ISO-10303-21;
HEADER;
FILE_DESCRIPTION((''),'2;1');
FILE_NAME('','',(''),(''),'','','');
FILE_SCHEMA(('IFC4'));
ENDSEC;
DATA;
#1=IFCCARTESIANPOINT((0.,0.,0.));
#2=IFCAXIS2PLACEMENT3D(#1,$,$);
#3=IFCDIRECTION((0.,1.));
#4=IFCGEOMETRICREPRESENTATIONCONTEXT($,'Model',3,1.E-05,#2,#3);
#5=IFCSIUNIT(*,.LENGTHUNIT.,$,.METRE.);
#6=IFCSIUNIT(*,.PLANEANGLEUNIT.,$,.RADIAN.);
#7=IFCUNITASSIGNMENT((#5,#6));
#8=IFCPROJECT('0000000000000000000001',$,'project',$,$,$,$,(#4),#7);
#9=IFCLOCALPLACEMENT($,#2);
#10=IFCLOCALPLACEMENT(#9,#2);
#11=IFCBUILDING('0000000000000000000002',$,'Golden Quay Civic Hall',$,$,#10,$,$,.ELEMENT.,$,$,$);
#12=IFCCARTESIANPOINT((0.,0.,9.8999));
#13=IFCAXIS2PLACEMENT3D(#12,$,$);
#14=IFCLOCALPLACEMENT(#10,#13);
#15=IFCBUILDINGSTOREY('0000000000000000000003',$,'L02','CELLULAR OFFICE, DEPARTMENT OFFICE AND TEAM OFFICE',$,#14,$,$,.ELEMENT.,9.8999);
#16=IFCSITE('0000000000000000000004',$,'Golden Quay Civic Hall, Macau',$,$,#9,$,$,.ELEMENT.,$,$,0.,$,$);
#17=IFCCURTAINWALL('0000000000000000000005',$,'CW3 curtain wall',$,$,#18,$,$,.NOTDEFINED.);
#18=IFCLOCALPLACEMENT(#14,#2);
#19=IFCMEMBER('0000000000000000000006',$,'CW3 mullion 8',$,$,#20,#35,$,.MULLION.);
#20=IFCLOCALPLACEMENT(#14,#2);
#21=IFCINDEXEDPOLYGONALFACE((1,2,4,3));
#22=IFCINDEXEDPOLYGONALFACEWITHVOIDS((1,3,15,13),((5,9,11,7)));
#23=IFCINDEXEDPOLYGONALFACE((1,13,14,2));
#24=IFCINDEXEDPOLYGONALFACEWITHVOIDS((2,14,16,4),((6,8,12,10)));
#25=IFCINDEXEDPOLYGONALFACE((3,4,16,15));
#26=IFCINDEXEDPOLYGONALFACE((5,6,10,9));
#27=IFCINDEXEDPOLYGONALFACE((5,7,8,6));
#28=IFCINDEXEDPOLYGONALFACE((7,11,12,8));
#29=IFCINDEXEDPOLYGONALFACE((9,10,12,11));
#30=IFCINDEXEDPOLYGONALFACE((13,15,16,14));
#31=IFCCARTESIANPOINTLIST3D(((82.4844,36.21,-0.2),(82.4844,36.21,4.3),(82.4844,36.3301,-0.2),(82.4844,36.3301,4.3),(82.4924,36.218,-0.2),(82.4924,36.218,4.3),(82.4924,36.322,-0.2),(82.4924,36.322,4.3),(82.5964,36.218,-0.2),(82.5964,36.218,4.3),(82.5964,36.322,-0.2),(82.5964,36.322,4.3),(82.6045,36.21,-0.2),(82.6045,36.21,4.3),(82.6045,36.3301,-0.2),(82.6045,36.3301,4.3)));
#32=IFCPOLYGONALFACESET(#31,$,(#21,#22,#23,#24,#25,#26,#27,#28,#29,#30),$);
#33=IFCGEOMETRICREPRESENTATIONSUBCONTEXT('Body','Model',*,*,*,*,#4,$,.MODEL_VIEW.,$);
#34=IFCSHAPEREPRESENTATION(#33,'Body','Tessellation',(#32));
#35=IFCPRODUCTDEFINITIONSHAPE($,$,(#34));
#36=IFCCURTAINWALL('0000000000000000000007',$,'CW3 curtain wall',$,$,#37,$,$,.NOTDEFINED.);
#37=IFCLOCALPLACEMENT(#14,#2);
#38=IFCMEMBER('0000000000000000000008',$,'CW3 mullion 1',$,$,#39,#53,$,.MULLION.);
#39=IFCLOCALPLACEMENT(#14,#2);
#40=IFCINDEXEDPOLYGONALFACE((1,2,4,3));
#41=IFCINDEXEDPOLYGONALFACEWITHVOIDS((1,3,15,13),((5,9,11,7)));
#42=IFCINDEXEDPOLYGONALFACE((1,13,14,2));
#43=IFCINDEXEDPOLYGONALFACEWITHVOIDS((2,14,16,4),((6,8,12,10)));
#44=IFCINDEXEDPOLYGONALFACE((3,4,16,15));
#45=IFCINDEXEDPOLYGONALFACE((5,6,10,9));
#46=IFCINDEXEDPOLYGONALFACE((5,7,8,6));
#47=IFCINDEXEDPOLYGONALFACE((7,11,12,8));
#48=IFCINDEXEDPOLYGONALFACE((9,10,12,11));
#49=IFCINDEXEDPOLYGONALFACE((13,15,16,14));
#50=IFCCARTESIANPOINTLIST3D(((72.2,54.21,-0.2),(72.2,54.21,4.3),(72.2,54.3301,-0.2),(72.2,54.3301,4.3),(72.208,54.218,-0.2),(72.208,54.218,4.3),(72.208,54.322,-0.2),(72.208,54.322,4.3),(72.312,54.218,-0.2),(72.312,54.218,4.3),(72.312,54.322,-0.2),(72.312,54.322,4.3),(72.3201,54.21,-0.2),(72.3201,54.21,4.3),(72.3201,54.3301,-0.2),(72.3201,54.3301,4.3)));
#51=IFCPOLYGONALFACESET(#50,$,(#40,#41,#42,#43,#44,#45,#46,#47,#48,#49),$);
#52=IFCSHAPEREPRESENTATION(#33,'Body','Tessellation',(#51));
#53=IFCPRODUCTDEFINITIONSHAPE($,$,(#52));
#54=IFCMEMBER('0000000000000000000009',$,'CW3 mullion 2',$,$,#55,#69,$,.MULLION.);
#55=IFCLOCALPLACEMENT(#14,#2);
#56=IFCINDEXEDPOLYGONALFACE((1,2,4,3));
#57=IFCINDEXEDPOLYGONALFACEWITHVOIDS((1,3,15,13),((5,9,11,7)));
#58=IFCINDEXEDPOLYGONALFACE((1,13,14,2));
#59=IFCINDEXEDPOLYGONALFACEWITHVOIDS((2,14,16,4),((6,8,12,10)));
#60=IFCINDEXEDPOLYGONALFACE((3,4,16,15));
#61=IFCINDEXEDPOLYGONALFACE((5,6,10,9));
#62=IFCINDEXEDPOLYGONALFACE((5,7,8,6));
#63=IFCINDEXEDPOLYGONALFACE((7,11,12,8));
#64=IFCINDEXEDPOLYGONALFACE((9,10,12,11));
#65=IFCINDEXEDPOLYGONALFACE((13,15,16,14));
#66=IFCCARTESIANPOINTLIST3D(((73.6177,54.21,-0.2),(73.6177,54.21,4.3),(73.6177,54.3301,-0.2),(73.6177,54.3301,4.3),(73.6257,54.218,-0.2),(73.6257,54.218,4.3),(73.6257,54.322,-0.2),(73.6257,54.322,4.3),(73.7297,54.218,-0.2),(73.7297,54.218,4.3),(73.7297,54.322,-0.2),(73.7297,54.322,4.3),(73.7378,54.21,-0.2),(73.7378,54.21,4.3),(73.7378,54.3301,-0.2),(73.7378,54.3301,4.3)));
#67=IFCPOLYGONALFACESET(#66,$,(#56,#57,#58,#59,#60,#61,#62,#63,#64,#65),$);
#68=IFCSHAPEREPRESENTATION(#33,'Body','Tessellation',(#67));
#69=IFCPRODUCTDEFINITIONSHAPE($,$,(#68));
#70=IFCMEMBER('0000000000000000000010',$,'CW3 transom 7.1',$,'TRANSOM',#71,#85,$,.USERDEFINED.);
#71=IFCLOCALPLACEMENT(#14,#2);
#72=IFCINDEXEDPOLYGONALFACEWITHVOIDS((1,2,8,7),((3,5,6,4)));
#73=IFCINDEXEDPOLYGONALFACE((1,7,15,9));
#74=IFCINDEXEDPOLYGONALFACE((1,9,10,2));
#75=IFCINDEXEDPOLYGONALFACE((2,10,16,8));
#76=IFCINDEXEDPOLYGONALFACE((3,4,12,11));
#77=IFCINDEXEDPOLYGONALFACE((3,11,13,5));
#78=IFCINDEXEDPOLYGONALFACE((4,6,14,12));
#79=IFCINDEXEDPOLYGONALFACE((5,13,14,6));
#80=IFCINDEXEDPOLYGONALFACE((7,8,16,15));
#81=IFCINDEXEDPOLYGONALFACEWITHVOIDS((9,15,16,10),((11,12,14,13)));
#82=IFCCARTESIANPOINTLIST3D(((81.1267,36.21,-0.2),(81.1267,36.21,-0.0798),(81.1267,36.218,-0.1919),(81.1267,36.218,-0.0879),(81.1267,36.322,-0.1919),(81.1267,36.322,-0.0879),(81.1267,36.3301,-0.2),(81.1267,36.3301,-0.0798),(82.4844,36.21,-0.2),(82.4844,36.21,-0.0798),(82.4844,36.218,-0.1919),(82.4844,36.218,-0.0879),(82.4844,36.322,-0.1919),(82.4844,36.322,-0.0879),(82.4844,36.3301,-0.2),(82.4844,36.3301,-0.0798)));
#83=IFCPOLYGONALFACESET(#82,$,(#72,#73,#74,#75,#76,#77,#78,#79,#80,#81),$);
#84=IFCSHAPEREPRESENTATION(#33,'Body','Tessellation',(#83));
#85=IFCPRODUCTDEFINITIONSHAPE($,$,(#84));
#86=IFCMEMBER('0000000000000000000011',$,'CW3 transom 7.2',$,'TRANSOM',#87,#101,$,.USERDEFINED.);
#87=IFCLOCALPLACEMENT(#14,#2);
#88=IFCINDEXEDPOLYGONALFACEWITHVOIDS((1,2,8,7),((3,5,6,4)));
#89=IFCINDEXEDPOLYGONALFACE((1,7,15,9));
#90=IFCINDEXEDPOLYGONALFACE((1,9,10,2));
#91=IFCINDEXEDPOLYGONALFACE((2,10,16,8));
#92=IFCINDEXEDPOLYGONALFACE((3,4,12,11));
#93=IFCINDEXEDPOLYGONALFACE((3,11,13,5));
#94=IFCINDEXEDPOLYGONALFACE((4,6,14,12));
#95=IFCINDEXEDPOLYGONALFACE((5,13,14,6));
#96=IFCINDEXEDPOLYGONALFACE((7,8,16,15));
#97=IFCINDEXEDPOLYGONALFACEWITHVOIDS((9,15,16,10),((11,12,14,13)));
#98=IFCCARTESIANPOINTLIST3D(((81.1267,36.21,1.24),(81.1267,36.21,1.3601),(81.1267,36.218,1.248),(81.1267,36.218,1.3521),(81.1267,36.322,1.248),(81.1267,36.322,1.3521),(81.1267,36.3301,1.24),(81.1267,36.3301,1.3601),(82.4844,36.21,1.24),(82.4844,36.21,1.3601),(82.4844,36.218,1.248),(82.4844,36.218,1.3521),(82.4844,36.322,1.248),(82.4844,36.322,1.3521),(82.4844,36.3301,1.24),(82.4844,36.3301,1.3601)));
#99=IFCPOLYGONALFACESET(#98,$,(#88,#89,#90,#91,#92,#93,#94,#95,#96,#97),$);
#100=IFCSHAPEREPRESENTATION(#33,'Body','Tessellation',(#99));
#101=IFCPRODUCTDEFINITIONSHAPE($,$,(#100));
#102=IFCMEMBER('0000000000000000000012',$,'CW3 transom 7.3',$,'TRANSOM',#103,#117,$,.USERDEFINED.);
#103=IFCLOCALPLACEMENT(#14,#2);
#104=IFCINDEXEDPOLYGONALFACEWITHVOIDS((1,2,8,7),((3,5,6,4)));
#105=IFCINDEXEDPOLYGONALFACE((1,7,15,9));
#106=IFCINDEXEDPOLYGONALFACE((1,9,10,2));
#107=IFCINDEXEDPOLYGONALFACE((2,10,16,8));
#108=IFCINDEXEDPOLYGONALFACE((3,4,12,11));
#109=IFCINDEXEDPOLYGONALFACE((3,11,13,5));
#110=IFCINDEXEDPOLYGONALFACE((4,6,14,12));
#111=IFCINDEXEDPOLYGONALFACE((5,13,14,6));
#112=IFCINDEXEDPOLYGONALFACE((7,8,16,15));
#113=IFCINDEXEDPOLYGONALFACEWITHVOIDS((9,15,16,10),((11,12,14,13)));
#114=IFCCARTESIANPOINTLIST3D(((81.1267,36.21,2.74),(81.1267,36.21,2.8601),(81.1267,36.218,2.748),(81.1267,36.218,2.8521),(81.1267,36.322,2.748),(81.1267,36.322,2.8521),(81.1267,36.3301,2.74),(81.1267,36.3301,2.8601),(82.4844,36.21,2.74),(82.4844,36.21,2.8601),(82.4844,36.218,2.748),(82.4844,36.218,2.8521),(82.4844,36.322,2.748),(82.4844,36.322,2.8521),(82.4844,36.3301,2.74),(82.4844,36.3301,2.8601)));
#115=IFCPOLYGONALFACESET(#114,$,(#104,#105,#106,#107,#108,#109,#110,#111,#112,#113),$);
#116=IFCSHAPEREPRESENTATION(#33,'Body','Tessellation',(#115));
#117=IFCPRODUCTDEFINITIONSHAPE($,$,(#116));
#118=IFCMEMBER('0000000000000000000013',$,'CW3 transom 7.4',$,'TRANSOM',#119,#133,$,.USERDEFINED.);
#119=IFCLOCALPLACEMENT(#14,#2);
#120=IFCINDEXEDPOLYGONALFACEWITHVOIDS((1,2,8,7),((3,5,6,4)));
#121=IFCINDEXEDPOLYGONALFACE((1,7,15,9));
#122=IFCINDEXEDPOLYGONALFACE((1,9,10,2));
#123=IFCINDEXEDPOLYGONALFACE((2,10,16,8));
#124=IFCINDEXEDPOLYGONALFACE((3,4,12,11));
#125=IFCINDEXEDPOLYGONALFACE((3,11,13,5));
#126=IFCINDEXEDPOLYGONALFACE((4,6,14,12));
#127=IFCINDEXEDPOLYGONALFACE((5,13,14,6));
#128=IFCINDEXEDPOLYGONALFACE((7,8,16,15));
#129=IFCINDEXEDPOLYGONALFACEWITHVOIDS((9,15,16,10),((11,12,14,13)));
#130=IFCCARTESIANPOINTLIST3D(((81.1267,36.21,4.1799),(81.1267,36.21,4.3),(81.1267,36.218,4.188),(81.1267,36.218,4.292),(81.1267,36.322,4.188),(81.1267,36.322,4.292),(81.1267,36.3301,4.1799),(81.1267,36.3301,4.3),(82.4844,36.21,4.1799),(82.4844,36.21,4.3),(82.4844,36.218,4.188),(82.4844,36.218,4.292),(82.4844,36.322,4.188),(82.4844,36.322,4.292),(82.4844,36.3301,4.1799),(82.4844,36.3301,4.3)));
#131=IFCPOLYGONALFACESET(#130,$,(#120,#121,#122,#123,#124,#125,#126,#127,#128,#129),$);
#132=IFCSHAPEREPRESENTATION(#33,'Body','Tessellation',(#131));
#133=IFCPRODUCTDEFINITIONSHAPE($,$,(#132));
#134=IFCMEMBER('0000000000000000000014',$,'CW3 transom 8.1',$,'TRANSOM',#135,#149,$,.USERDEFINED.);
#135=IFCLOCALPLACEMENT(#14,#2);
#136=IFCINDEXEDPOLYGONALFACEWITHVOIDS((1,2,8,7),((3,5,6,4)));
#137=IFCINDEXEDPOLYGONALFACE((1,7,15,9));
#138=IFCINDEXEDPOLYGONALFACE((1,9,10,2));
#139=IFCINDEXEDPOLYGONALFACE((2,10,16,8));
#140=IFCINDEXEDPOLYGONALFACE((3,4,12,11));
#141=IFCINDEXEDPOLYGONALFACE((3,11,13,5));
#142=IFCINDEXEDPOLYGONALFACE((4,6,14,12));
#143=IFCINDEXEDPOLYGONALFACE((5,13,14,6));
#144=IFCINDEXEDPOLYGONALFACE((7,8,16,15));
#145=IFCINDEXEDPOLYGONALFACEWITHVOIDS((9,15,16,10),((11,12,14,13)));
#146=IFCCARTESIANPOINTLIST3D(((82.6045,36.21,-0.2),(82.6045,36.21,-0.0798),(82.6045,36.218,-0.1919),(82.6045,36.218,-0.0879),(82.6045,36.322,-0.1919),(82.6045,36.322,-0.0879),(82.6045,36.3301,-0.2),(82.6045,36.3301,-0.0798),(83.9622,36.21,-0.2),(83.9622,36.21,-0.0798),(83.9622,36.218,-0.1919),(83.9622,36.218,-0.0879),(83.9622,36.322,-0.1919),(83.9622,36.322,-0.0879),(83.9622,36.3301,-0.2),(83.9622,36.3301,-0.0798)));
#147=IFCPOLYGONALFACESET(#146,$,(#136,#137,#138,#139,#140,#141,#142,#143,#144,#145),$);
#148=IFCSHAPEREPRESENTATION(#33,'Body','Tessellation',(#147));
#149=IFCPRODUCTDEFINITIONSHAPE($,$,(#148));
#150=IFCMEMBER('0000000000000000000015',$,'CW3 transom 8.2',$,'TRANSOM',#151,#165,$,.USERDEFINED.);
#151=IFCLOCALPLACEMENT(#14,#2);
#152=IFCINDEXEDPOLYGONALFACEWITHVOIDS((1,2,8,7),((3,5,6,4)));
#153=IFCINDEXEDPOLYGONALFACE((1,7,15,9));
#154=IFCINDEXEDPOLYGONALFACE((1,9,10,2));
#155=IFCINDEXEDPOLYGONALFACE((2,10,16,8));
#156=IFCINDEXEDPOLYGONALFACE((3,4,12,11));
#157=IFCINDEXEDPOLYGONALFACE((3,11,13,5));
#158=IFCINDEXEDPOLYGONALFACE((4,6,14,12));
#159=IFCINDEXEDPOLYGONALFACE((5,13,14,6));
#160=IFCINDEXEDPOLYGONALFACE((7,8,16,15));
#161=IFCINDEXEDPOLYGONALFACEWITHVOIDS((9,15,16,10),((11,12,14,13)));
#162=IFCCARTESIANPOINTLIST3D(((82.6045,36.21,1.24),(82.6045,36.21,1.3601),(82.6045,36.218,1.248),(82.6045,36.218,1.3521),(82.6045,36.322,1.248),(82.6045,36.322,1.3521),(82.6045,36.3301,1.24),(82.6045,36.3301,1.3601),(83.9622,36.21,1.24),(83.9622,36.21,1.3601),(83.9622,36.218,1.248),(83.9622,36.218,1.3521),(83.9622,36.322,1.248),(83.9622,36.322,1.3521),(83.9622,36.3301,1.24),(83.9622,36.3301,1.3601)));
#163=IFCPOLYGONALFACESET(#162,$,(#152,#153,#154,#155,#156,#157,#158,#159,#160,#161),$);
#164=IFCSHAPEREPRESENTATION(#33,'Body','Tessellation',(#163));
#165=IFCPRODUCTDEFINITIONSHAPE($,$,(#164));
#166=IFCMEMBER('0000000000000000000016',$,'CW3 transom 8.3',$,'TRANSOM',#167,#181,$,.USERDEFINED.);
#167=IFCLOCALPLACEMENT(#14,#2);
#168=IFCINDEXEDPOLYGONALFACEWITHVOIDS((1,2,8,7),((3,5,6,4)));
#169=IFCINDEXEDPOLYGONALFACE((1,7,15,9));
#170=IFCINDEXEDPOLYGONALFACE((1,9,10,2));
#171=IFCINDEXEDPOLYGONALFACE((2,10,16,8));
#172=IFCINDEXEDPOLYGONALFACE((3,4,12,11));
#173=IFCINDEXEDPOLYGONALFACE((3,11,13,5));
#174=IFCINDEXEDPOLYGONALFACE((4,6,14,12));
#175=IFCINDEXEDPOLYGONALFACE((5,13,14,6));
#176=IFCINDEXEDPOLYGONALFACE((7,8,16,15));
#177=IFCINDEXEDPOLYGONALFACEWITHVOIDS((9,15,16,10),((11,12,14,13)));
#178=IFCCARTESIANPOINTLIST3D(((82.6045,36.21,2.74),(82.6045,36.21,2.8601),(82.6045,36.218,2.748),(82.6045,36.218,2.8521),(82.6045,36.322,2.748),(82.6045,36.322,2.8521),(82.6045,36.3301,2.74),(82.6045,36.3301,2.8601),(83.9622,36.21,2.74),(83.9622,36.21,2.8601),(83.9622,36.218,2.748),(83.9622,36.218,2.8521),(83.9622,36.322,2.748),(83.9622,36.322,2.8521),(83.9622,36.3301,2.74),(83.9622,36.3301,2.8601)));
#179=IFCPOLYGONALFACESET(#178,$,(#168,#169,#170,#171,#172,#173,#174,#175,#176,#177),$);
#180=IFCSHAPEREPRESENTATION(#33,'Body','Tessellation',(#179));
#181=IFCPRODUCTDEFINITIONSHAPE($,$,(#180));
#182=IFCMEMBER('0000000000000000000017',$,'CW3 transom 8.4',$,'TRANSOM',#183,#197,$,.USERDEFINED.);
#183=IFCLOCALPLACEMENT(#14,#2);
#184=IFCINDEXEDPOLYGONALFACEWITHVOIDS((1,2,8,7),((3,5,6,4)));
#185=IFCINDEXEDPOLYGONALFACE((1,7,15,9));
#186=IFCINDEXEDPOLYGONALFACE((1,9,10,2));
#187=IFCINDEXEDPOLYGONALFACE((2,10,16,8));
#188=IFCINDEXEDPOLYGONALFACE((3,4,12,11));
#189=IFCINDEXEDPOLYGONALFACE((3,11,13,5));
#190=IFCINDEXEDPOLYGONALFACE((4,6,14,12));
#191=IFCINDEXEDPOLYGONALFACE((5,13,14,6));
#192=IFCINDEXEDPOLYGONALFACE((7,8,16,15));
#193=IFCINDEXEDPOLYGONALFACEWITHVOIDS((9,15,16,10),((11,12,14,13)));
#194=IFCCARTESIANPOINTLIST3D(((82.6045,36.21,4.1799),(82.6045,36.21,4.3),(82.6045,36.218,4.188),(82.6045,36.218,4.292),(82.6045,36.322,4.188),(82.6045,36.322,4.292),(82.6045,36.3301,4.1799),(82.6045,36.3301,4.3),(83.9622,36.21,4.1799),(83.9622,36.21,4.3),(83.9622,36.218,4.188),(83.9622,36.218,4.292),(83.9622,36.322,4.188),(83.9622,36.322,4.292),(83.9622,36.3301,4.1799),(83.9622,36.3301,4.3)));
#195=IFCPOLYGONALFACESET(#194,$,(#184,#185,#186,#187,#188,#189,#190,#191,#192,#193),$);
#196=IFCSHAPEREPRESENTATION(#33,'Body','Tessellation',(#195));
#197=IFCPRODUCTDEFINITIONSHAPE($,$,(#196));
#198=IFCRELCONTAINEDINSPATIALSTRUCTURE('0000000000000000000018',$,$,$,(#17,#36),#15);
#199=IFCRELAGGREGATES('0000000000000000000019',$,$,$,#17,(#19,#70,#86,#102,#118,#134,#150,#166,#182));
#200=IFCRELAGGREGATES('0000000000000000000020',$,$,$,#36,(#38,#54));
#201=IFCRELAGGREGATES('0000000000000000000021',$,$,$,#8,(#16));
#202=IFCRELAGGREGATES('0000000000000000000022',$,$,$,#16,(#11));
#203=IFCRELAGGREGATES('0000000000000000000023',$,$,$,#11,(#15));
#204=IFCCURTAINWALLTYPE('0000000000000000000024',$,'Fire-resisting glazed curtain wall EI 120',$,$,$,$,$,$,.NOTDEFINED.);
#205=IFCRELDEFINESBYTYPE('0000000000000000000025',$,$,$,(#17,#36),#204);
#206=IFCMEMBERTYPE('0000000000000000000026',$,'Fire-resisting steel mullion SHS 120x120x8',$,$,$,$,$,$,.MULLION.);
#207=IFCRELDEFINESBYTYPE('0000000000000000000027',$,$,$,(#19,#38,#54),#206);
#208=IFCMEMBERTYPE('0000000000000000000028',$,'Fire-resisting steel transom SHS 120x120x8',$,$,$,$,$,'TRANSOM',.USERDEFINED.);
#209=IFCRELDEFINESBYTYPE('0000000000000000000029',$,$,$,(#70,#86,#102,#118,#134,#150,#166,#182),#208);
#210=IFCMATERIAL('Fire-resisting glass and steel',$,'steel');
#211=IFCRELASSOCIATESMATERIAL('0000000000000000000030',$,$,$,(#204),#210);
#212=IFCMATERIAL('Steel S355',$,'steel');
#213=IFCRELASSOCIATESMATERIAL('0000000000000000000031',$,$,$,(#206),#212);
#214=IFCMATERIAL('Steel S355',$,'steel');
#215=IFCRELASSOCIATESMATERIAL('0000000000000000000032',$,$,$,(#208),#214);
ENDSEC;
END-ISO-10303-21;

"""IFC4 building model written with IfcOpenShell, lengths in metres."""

from ifc_helpers import new_model, si_unit, direction, frame, origin, origin_2d, place, context, subcontext, project, spatial, hollow_rectangle, extrude, material, material_profile, profile_set, type_object, element, aggregate, save


model = new_model("IFC4")

# Units and contexts
model_context = context("Model", 3, precision=1e-05, world=origin(), true_north=direction((0.0, 1.0)))
body_context = subcontext(model_context, "Body", "Model", "MODEL_VIEW")
ifc_project = project(units=[si_unit("LENGTHUNIT", "METRE"), si_unit("PLANEANGLEUNIT", "RADIAN")], contexts=[model_context])

# Site, building, storey
site_placement = place(None, origin())
site = spatial("IfcSite", under=ifc_project, at=site_placement, Name="Golden Quay Civic Hall, Macau", CompositionType="ELEMENT", RefElevation=0.0)
building_placement = place(site_placement, origin())
building = spatial("IfcBuilding", under=site, at=building_placement, Name="Golden Quay Civic Hall", CompositionType="ELEMENT")
storey_placement = place(building_placement, frame((0.0, 0.0, 9.8999)))
storey = spatial("IfcBuildingStorey", under=building, at=storey_placement, Name="L02", Description="CELLULAR OFFICE, DEPARTMENT OFFICE AND TEAM OFFICE", CompositionType="ELEMENT", Elevation=9.8999)

# Curtain wall, member
ifc_material_1 = material(Name="Fire-resisting glass and steel", Category="steel")
curtain_wall_type = type_object("IfcCurtainWallType", Name="Fire-resisting glazed curtain wall EI 120", PredefinedType="NOTDEFINED", material=ifc_material_1)
curtain_wall_1_placement = place(storey_placement, origin())
curtain_wall_1 = element("IfcCurtainWall", 1, at=curtain_wall_1_placement, inside=storey, type_object=curtain_wall_type, Name="CW3 curtain wall", PredefinedType="NOTDEFINED")
ifc_material_2 = material(Name="Steel S355", Category="steel")
ifc_material_profile_1 = material_profile(ifc_material_2, hollow_rectangle(XDim=0.1201, YDim=0.1201, WallThickness=0.0081, at=origin_2d()), Name="SHS 120x120x8")
ifc_profile_set_1 = profile_set([ifc_material_profile_1], Name="Steel S355")
member_type_1 = type_object("IfcMemberType", Name="Fire-resisting steel mullion SHS 120x120x8", PredefinedType="MULLION", material=ifc_profile_set_1)
member_1_placement = place(storey_placement, frame((82.5444, 36.27, -0.2), z_axis=(0.0, 0.0, 1.0), x_axis=(0.0, 1.0, 0.0)))
member_1 = element("IfcMember", 2, at=member_1_placement, type_object=member_type_1, Name="CW3 mullion 8", PredefinedType="MULLION", context=body_context, shape_type="SweptSolid", body=[
    extrude(hollow_rectangle(XDim=0.1201, YDim=0.1201, WallThickness=0.0081, at=origin_2d()), origin(), (0.0, 0.0, 1.0), 4.5),
])

# Curtain wall, members
curtain_wall_2_placement = place(storey_placement, origin())
curtain_wall_2 = element("IfcCurtainWall", 3, at=curtain_wall_2_placement, inside=storey, type_object=curtain_wall_type, Name="CW3 curtain wall", PredefinedType="NOTDEFINED")
member_2_placement = place(storey_placement, frame((72.26, 54.27, -0.2), z_axis=(0.0, 0.0, 1.0), x_axis=(0.0, 1.0, 0.0)))
member_2 = element("IfcMember", 4, at=member_2_placement, type_object=member_type_1, Name="CW3 mullion 1", PredefinedType="MULLION", context=body_context, shape_type="SweptSolid", body=[
    extrude(hollow_rectangle(XDim=0.1201, YDim=0.1201, WallThickness=0.0081, at=origin_2d()), origin(), (0.0, 0.0, 1.0), 4.5),
])
member_3_placement = place(storey_placement, frame((73.6777, 54.27, -0.2), z_axis=(0.0, 0.0, 1.0), x_axis=(0.0, 1.0, 0.0)))
member_3 = element("IfcMember", 5, at=member_3_placement, type_object=member_type_1, Name="CW3 mullion 2", PredefinedType="MULLION", context=body_context, shape_type="SweptSolid", body=[
    extrude(hollow_rectangle(XDim=0.1201, YDim=0.1201, WallThickness=0.0081, at=origin_2d()), origin(), (0.0, 0.0, 1.0), 4.5),
])

# Members
ifc_material_3 = material(Name="Steel S355", Category="steel")
ifc_material_profile_2 = material_profile(ifc_material_3, hollow_rectangle(XDim=0.1201, YDim=0.1201, WallThickness=0.0081, at=origin_2d()), Name="SHS 120x120x8")
ifc_profile_set_2 = profile_set([ifc_material_profile_2], Name="Steel S355")
member_type_2 = type_object("IfcMemberType", Name="Fire-resisting steel transom SHS 120x120x8", ElementType="TRANSOM", PredefinedType="USERDEFINED", material=ifc_profile_set_2)
member_4_placement = place(storey_placement, frame((81.1267, 36.27, -0.1399), z_axis=(1.0, 0.0, 0.0), x_axis=(0.0, 1.0, 0.0)))
member_4 = element("IfcMember", 6, at=member_4_placement, type_object=member_type_2, Name="CW3 transom 7.1", ObjectType="TRANSOM", PredefinedType="USERDEFINED", context=body_context, shape_type="SweptSolid", body=[
    extrude(hollow_rectangle(XDim=0.1201, YDim=0.1201, WallThickness=0.0081, at=origin_2d()), origin(), (0.0, 0.0, 1.0), 1.3577),
])
member_5_placement = place(storey_placement, frame((81.1267, 36.27, 1.3), z_axis=(1.0, 0.0, 0.0), x_axis=(0.0, 1.0, 0.0)))
member_5 = element("IfcMember", 7, at=member_5_placement, type_object=member_type_2, Name="CW3 transom 7.2", ObjectType="TRANSOM", PredefinedType="USERDEFINED", context=body_context, shape_type="SweptSolid", body=[
    extrude(hollow_rectangle(XDim=0.1201, YDim=0.1201, WallThickness=0.0081, at=origin_2d()), origin(), (0.0, 0.0, 1.0), 1.3577),
])
member_6_placement = place(storey_placement, frame((81.1267, 36.27, 2.8), z_axis=(1.0, 0.0, 0.0), x_axis=(0.0, 1.0, 0.0)))
member_6 = element("IfcMember", 8, at=member_6_placement, type_object=member_type_2, Name="CW3 transom 7.3", ObjectType="TRANSOM", PredefinedType="USERDEFINED", context=body_context, shape_type="SweptSolid", body=[
    extrude(hollow_rectangle(XDim=0.1201, YDim=0.1201, WallThickness=0.0081, at=origin_2d()), origin(), (0.0, 0.0, 1.0), 1.3577),
])
member_7_placement = place(storey_placement, frame((81.1267, 36.27, 4.24), z_axis=(1.0, 0.0, 0.0), x_axis=(0.0, 1.0, 0.0)))
member_7 = element("IfcMember", 9, at=member_7_placement, type_object=member_type_2, Name="CW3 transom 7.4", ObjectType="TRANSOM", PredefinedType="USERDEFINED", context=body_context, shape_type="SweptSolid", body=[
    extrude(hollow_rectangle(XDim=0.1201, YDim=0.1201, WallThickness=0.0081, at=origin_2d()), origin(), (0.0, 0.0, 1.0), 1.3577),
])
member_8_placement = place(storey_placement, frame((82.6045, 36.27, -0.1399), z_axis=(1.0, 0.0, 0.0), x_axis=(0.0, 1.0, 0.0)))
member_8 = element("IfcMember", 10, at=member_8_placement, type_object=member_type_2, Name="CW3 transom 8.1", ObjectType="TRANSOM", PredefinedType="USERDEFINED", context=body_context, shape_type="SweptSolid", body=[
    extrude(hollow_rectangle(XDim=0.1201, YDim=0.1201, WallThickness=0.0081, at=origin_2d()), origin(), (0.0, 0.0, 1.0), 1.3577),
])
member_9_placement = place(storey_placement, frame((82.6045, 36.27, 1.3), z_axis=(1.0, 0.0, 0.0), x_axis=(0.0, 1.0, 0.0)))
member_9 = element("IfcMember", 11, at=member_9_placement, type_object=member_type_2, Name="CW3 transom 8.2", ObjectType="TRANSOM", PredefinedType="USERDEFINED", context=body_context, shape_type="SweptSolid", body=[
    extrude(hollow_rectangle(XDim=0.1201, YDim=0.1201, WallThickness=0.0081, at=origin_2d()), origin(), (0.0, 0.0, 1.0), 1.3577),
])
member_10_placement = place(storey_placement, frame((82.6045, 36.27, 2.8), z_axis=(1.0, 0.0, 0.0), x_axis=(0.0, 1.0, 0.0)))
member_10 = element("IfcMember", 12, at=member_10_placement, type_object=member_type_2, Name="CW3 transom 8.3", ObjectType="TRANSOM", PredefinedType="USERDEFINED", context=body_context, shape_type="SweptSolid", body=[
    extrude(hollow_rectangle(XDim=0.1201, YDim=0.1201, WallThickness=0.0081, at=origin_2d()), origin(), (0.0, 0.0, 1.0), 1.3577),
])
member_11_placement = place(storey_placement, frame((82.6045, 36.27, 4.24), z_axis=(1.0, 0.0, 0.0), x_axis=(0.0, 1.0, 0.0)))
member_11 = element("IfcMember", 13, at=member_11_placement, type_object=member_type_2, Name="CW3 transom 8.4", ObjectType="TRANSOM", PredefinedType="USERDEFINED", context=body_context, shape_type="SweptSolid", body=[
    extrude(hollow_rectangle(XDim=0.1201, YDim=0.1201, WallThickness=0.0081, at=origin_2d()), origin(), (0.0, 0.0, 1.0), 1.3577),
])

aggregate(curtain_wall_1, [member_1, member_4, member_5, member_6, member_7, member_8, member_9, member_10, member_11])
aggregate(curtain_wall_2, [member_2, member_3])

save(model, "model.ifc")
